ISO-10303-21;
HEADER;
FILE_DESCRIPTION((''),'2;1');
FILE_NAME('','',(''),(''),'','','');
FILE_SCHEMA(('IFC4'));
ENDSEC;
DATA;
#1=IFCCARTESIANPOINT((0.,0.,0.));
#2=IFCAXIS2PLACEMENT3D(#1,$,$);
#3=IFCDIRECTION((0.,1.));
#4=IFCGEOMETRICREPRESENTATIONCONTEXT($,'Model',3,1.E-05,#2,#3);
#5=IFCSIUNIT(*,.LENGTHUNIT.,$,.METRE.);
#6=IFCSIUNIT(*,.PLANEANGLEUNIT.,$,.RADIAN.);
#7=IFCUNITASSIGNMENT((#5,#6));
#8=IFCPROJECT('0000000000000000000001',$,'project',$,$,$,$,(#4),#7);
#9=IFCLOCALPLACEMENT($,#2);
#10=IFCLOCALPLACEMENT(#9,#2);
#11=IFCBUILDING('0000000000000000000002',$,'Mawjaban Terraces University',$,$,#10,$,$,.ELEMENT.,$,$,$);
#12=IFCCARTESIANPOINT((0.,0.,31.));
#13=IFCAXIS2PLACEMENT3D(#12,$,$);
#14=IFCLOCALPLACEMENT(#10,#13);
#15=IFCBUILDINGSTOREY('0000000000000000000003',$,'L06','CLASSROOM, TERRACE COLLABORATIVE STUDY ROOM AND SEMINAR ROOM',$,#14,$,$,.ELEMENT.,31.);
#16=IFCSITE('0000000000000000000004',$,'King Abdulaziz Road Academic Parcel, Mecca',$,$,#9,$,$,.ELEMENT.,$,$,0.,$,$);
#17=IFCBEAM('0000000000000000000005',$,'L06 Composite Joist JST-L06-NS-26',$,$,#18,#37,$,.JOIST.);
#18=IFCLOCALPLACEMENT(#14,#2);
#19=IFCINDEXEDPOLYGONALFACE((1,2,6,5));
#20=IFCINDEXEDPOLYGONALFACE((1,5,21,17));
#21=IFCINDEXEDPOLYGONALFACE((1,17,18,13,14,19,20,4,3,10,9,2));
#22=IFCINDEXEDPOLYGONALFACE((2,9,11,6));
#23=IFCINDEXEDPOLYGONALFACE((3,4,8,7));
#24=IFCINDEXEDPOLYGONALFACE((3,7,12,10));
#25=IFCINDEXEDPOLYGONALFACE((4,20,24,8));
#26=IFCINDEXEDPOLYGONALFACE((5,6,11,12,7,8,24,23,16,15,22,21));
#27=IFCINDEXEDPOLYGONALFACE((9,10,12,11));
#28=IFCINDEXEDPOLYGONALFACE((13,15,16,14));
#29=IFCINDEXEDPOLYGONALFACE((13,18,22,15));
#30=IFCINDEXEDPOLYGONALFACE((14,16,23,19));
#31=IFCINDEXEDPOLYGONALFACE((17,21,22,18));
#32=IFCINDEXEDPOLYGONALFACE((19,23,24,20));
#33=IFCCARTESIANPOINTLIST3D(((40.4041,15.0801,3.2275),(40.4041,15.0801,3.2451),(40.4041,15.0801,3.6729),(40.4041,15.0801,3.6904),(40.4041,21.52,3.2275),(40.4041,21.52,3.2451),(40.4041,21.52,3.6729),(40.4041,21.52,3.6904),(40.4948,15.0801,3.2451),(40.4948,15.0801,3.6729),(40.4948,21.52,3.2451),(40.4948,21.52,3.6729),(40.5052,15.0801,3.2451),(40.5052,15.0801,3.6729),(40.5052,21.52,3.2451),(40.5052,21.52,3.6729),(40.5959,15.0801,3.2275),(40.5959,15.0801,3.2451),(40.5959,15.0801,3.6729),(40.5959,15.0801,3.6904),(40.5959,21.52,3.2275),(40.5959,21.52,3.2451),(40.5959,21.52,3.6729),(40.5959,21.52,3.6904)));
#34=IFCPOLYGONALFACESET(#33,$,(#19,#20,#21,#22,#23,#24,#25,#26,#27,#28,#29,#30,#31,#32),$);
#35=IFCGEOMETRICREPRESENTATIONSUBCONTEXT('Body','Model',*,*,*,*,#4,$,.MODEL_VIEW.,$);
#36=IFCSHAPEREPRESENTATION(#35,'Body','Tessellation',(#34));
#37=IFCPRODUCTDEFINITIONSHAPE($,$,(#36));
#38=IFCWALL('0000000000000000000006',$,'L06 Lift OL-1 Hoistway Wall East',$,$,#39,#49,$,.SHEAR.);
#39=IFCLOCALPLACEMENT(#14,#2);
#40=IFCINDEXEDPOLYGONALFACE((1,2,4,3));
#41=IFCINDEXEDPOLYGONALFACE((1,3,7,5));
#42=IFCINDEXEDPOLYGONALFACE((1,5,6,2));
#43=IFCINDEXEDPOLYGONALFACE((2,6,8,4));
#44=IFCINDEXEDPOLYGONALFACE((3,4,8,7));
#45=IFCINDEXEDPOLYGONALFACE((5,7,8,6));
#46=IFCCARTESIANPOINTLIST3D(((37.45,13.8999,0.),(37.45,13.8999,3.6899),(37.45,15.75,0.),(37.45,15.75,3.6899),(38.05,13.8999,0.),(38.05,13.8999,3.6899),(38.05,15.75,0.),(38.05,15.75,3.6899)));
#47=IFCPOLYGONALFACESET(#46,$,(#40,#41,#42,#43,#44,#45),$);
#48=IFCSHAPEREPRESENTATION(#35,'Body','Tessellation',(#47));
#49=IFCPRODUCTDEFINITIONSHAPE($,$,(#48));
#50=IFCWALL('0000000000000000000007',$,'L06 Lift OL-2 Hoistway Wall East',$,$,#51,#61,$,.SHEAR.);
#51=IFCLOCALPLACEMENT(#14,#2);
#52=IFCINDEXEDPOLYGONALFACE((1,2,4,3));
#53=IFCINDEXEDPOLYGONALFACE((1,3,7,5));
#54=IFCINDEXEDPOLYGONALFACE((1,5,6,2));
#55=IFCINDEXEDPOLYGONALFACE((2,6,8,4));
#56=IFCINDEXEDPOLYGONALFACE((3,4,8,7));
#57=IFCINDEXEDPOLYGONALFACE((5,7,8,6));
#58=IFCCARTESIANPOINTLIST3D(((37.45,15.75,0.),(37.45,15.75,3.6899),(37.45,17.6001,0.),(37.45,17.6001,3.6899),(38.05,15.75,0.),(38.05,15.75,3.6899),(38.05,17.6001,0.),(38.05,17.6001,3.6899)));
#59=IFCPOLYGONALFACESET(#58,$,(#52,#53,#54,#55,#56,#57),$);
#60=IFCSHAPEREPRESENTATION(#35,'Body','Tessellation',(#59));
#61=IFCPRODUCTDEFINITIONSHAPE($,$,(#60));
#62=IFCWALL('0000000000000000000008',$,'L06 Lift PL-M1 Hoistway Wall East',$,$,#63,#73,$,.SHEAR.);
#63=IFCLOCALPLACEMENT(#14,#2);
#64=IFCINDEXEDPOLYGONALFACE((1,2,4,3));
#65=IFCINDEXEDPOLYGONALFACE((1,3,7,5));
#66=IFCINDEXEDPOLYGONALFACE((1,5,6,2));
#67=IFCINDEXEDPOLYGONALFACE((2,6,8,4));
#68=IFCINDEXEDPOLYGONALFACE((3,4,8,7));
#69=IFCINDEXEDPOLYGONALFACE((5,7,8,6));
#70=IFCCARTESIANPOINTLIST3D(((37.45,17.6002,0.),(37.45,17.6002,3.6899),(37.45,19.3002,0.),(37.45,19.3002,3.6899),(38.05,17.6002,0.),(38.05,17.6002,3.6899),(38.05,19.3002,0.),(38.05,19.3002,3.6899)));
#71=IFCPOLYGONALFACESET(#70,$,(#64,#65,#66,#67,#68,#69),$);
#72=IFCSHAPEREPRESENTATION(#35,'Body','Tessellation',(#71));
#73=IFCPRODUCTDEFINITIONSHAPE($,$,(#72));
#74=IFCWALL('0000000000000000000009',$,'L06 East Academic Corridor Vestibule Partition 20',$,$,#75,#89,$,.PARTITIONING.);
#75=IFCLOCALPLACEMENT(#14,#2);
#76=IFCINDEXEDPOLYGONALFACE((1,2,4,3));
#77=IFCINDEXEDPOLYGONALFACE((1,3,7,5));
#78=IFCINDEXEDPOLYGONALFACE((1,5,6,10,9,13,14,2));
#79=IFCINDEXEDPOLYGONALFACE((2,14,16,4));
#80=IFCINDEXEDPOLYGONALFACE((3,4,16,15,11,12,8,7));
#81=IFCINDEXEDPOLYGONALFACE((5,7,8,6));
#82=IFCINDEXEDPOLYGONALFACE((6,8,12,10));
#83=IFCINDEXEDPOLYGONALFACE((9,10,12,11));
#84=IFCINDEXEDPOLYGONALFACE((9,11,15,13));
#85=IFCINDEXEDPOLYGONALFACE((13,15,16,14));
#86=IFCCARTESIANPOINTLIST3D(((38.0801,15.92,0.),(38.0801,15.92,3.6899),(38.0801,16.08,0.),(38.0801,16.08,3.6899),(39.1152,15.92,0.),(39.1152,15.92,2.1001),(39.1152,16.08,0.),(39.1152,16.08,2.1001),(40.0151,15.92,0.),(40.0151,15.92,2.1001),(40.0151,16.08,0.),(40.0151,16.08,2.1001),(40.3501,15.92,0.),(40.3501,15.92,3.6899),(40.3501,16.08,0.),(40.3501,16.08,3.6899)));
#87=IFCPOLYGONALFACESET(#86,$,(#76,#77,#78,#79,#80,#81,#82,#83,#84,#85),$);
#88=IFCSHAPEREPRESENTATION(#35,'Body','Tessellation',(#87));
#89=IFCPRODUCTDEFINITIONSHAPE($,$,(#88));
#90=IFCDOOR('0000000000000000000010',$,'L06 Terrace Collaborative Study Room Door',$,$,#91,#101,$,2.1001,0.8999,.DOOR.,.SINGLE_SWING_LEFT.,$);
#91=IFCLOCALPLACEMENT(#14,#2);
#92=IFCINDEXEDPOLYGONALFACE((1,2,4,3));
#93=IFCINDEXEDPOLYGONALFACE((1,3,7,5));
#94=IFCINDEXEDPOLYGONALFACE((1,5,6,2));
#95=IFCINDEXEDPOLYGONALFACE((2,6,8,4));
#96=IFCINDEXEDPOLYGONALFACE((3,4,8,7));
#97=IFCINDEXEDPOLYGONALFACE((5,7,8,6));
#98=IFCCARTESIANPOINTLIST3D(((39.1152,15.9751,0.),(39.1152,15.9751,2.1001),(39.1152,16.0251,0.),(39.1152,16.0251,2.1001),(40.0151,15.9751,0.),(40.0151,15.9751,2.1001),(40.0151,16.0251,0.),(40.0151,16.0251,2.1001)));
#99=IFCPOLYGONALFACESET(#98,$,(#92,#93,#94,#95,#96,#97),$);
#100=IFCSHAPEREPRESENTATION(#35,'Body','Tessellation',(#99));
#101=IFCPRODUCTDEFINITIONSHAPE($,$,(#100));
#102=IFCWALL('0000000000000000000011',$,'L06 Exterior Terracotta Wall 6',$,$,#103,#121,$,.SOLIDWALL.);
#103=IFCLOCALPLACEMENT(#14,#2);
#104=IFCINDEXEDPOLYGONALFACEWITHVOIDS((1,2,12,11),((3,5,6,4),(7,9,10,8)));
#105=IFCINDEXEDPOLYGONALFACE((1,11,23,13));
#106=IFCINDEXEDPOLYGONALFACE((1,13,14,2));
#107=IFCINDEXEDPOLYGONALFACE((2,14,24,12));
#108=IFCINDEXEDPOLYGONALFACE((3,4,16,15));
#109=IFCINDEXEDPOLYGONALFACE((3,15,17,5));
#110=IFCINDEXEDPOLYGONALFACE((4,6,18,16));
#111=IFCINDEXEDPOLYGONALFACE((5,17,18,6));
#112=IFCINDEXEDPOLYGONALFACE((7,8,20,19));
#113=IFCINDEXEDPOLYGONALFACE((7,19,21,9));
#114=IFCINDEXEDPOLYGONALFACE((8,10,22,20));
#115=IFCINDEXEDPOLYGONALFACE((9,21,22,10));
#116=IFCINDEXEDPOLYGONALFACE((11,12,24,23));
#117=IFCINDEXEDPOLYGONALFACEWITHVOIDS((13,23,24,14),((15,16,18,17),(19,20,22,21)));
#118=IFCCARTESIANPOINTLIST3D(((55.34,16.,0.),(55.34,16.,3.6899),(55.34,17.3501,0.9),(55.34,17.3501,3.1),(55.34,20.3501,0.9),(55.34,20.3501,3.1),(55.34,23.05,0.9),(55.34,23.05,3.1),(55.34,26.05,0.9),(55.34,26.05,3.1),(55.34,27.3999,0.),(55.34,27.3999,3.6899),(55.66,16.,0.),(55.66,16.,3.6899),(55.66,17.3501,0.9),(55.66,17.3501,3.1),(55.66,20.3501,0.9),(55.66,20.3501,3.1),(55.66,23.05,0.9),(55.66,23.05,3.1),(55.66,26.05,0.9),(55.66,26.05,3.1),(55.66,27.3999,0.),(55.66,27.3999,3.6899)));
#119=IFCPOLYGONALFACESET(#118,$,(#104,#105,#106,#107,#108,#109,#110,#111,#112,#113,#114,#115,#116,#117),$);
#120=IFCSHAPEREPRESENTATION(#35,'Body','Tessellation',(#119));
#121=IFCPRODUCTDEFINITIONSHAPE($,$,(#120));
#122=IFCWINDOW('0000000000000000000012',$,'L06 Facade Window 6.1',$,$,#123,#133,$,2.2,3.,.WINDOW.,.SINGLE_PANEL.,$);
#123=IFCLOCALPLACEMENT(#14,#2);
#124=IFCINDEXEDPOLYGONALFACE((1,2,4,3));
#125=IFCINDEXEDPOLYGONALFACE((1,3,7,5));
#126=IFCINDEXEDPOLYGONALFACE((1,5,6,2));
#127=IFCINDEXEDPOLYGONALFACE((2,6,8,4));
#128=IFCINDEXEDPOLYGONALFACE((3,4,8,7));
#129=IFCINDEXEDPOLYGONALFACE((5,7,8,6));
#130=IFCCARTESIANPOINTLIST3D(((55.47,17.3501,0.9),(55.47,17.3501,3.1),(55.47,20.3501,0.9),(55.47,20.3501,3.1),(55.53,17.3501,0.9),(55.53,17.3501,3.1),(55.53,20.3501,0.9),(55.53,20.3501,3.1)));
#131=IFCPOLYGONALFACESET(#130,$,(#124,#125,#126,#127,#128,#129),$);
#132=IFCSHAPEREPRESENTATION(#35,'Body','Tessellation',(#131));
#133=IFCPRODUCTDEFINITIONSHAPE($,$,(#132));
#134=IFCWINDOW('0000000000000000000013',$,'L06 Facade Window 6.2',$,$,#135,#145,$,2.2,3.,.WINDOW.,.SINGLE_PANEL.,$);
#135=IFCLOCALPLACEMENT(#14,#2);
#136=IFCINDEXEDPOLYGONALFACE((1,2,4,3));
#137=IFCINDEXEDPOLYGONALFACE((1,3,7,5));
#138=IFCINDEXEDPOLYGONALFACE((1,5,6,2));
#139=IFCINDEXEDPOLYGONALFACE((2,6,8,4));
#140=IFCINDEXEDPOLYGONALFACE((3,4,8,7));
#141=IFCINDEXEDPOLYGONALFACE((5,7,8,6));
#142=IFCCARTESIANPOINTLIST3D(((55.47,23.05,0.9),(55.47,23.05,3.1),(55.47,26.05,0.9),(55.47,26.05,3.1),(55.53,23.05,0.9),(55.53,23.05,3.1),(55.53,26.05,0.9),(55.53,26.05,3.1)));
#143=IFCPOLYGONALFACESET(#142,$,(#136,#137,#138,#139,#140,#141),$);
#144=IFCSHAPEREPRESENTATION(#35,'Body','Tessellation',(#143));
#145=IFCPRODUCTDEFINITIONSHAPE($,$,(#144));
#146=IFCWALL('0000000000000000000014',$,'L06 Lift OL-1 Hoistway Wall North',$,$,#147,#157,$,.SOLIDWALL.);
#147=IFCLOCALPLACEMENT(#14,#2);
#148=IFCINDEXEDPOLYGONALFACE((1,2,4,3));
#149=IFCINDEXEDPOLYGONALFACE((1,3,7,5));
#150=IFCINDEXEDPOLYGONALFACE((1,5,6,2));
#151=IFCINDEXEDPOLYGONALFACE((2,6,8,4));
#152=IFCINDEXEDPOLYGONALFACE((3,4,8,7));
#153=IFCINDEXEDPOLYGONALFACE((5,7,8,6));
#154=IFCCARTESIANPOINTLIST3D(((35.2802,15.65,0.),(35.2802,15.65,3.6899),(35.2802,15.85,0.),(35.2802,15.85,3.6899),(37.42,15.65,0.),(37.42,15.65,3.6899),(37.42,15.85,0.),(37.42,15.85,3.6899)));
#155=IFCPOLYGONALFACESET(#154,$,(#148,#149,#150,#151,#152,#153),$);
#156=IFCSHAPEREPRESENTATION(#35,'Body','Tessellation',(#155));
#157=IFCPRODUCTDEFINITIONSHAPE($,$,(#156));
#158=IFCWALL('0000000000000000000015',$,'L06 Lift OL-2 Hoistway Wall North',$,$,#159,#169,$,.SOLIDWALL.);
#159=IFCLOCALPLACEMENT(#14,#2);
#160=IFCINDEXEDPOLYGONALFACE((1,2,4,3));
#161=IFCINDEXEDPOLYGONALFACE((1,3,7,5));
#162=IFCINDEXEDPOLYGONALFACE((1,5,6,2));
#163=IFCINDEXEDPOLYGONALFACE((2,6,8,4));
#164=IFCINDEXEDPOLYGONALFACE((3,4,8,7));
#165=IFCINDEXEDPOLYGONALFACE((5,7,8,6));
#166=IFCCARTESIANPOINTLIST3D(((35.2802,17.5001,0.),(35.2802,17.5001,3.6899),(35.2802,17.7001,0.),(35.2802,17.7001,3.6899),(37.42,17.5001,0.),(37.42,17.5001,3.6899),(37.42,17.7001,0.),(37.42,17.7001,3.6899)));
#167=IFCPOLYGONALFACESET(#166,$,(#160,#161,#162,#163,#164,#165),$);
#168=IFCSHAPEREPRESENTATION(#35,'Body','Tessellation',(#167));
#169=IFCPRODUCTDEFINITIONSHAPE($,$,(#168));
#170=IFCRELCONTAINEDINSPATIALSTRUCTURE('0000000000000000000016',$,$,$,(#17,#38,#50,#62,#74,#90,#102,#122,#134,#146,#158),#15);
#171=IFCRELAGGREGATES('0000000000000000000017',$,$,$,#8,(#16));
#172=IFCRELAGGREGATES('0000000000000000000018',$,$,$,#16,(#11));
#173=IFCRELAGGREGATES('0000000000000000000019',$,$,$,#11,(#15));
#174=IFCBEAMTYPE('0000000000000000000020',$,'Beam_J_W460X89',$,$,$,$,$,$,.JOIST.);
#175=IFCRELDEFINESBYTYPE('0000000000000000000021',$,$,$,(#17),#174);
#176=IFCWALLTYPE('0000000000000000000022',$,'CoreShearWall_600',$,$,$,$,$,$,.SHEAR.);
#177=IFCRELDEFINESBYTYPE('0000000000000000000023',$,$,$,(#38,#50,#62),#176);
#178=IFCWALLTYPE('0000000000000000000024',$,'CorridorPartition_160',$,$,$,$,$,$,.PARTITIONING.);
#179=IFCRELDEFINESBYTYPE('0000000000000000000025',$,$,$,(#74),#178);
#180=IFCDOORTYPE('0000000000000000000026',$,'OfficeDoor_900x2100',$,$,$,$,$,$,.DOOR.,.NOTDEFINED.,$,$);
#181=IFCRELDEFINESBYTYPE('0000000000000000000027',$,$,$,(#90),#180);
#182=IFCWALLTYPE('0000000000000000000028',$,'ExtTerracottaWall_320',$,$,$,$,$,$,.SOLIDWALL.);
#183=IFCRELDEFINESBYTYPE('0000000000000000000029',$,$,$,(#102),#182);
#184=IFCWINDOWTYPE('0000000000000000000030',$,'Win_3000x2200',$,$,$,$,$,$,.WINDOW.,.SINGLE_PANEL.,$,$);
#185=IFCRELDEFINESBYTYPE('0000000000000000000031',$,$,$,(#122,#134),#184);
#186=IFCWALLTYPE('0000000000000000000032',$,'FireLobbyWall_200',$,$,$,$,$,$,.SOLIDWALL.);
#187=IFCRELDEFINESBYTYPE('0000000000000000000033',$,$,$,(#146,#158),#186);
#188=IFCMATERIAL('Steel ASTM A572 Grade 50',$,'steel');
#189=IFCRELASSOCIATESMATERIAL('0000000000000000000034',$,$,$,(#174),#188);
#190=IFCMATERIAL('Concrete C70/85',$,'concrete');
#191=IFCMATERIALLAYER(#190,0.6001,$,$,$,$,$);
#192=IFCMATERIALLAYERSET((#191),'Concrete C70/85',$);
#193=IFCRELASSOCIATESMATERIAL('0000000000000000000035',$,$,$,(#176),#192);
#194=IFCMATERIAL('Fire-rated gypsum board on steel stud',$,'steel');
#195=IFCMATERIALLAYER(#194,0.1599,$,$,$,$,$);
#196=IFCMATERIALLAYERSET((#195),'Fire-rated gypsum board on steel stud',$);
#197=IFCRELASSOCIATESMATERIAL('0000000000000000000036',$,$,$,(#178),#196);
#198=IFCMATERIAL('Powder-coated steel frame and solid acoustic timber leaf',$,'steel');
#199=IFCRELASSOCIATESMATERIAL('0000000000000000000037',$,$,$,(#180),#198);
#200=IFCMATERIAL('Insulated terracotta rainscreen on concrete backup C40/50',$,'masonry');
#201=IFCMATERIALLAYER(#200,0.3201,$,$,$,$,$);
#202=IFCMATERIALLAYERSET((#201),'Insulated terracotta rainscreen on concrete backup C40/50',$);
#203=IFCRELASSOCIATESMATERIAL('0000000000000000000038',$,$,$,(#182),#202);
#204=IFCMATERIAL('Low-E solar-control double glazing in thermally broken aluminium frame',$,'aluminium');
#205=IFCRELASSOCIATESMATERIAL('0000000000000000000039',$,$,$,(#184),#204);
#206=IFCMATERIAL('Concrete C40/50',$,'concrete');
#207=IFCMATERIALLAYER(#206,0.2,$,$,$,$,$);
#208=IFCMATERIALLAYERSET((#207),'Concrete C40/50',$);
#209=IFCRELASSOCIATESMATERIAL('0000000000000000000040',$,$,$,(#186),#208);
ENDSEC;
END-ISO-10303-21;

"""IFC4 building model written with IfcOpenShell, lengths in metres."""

from ifc_helpers import new_model, si_unit, direction, frame, frame_2d, origin, origin_2d, place, context, subcontext, project, spatial, rectangle, i_section, extrude, material, layer, layer_set, material_profile, profile_set, type_object, element, fill, save


model = new_model("IFC4")

# Units and contexts
model_context = context("Model", 3, precision=1e-05, world=origin(), true_north=direction((0.0, 1.0)))
body_context = subcontext(model_context, "Body", "Model", "MODEL_VIEW")
ifc_project = project(units=[si_unit("LENGTHUNIT", "METRE"), si_unit("PLANEANGLEUNIT", "RADIAN")], contexts=[model_context])

# Site, building, storey
site_placement = place(None, origin())
site = spatial("IfcSite", under=ifc_project, at=site_placement, Name="King Abdulaziz Road Academic Parcel, Mecca", CompositionType="ELEMENT", RefElevation=0.0)
building_placement = place(site_placement, origin())
building = spatial("IfcBuilding", under=site, at=building_placement, Name="Mawjaban Terraces University", CompositionType="ELEMENT")
storey_placement = place(building_placement, frame((0.0, 0.0, 31.0)))
storey = spatial("IfcBuildingStorey", under=building, at=storey_placement, Name="L06", Description="CLASSROOM, TERRACE COLLABORATIVE STUDY ROOM AND SEMINAR ROOM", CompositionType="ELEMENT", Elevation=31.0)

# Shared definitions
ifc_material_1 = material(Name="Concrete C70/85", Category="concrete")

# Beam
ifc_material_2 = material(Name="Steel ASTM A572 Grade 50", Category="steel")
ifc_material_profile_1 = material_profile(ifc_material_2, i_section(OverallWidth=0.1919, OverallDepth=0.4629, WebThickness=0.0105, FlangeThickness=0.0176, at=origin_2d()), Name="W460X89")
ifc_profile_set_1 = profile_set([ifc_material_profile_1], Name="Steel ASTM A572 Grade 50")
beam_type_1 = type_object("IfcBeamType", Name="Beam_J_W460X89", PredefinedType="JOIST", material=ifc_profile_set_1)
beam_1_placement = place(storey_placement, frame((40.5, 15.0801, 3.459), z_axis=(0.0, 1.0, 0.0), x_axis=(-1.0, 0.0, 0.0)))
element("IfcBeam", 1, at=beam_1_placement, inside=storey, type_object=beam_type_1, Name="L06 Composite Joist JST-L06-NS-26", PredefinedType="JOIST", context=body_context, shape_type="SweptSolid", body=[
    extrude(i_section(OverallWidth=0.1919, OverallDepth=0.4629, WebThickness=0.0105, FlangeThickness=0.0176, at=origin_2d()), origin(), (0.0, 0.0, 1.0), 6.4399),
])

# Walls
ifc_layer_1 = layer(ifc_material_1, 0.6001)
ifc_layer_set_1 = layer_set([ifc_layer_1], Name="Concrete C70/85")
wall_type_1 = type_object("IfcWallType", Name="CoreShearWall_600", PredefinedType="SHEAR", material=ifc_layer_set_1)
for number, where, z_axis, x_axis, name in (
    (2, (37.75, 13.8999, 0.0), (0.0, 0.0, 1.0), (0.0, 1.0, 0.0), "L06 Lift OL-1 Hoistway Wall East"),
    (3, (37.75, 15.75, 0.0), (0.0, 0.0, 1.0), (0.0, 1.0, 0.0), "L06 Lift OL-2 Hoistway Wall East"),
):
    element("IfcWall", number, at=place(storey_placement, frame(where, z_axis=z_axis, x_axis=x_axis)), inside=storey, type_object=wall_type_1, Name=name, PredefinedType="SHEAR", context=body_context, shape_type="SweptSolid", body=[
        extrude(rectangle(XDim=1.8501, YDim=0.6001, at=frame_2d((0.925, 0.0))), origin(), (0.0, 0.0, 1.0), 3.6899),
    ])
wall_1_placement = place(storey_placement, frame((37.75, 17.6001, 0.0), z_axis=(0.0, 0.0, 1.0), x_axis=(0.0, 1.0, 0.0)))
element("IfcWall", 4, at=wall_1_placement, inside=storey, type_object=wall_type_1, Name="L06 Lift PL-M1 Hoistway Wall East", PredefinedType="SHEAR", context=body_context, shape_type="SweptSolid", body=[
    extrude(rectangle(XDim=1.7, YDim=0.6001, at=frame_2d((0.8501, 0.0))), origin(), (0.0, 0.0, 1.0), 3.6899),
])

# Wall, opening, door
ifc_material_3 = material(Name="Fire-rated gypsum board on steel stud", Category="steel")
ifc_layer_2 = layer(ifc_material_3, 0.1599)
ifc_layer_set_2 = layer_set([ifc_layer_2], Name="Fire-rated gypsum board on steel stud")
wall_type_2 = type_object("IfcWallType", Name="CorridorPartition_160", PredefinedType="PARTITIONING", material=ifc_layer_set_2)
wall_2_placement = place(storey_placement, frame((40.3501, 16.0, 0.0), z_axis=(0.0, 0.0, 1.0), x_axis=(-1.0, 0.0, 0.0)))
wall_2 = element("IfcWall", 5, at=wall_2_placement, inside=storey, type_object=wall_type_2, Name="L06 East Academic Corridor Vestibule Partition 20", PredefinedType="PARTITIONING", context=body_context, shape_type="SweptSolid", body=[
    extrude(rectangle(XDim=2.27, YDim=0.1599, at=frame_2d((1.135, 0.0))), origin(), (0.0, 0.0, 1.0), 3.6899),
])
opening_1_placement = place(wall_2_placement, frame((0.335, 0.0, 0.0)))
opening_1 = element("IfcOpeningElement", 6, at=opening_1_placement, cuts=wall_2, PredefinedType="OPENING", context=body_context, shape_type="SweptSolid", body=[
    extrude(rectangle(XDim=0.8999, YDim=2.1001, at=frame_2d((0.45, 1.05))), frame((0.0, 0.0898, 0.0), z_axis=(0.0, -1.0, 0.0), x_axis=(1.0, 0.0, 0.0)), (0.0, 0.0, 1.0), 0.1799),
])
ifc_material_4 = material(Name="Powder-coated steel frame and solid acoustic timber leaf", Category="steel")
door_type = type_object("IfcDoorType", Name="OfficeDoor_900x2100", OperationType="NOTDEFINED", PredefinedType="DOOR", material=ifc_material_4)
door_placement = place(opening_1_placement, origin())
door = element("IfcDoor", 7, at=door_placement, inside=storey, type_object=door_type, Name="L06 Terrace Collaborative Study Room Door", OperationType="SINGLE_SWING_LEFT", OverallHeight=2.1001, OverallWidth=0.8999, PredefinedType="DOOR", context=body_context, shape_type="SweptSolid", body=[
    extrude(rectangle(XDim=0.8999, YDim=2.1001, at=frame_2d((0.45, 1.05))), frame((0.0, 0.0249, 0.0), z_axis=(0.0, -1.0, 0.0), x_axis=(1.0, 0.0, 0.0)), (0.0, 0.0, 1.0), 0.05),
])
fill(opening_1, door)

# Wall, openings, windows
ifc_material_5 = material(Name="Insulated terracotta rainscreen on concrete backup C40/50", Category="masonry")
ifc_layer_3 = layer(ifc_material_5, 0.3201)
ifc_layer_set_3 = layer_set([ifc_layer_3], Name="Insulated terracotta rainscreen on concrete backup C40/50")
wall_type_3 = type_object("IfcWallType", Name="ExtTerracottaWall_320", PredefinedType="SOLIDWALL", material=ifc_layer_set_3)
wall_3_placement = place(storey_placement, frame((55.5, 16.0, 0.0), z_axis=(0.0, 0.0, 1.0), x_axis=(0.0, 1.0, 0.0)))
wall_3 = element("IfcWall", 8, at=wall_3_placement, inside=storey, type_object=wall_type_3, Name="L06 Exterior Terracotta Wall 6", PredefinedType="SOLIDWALL", context=body_context, shape_type="SweptSolid", body=[
    extrude(rectangle(XDim=11.3999, YDim=0.3201, at=frame_2d((5.7, 0.0))), origin(), (0.0, 0.0, 1.0), 3.6899),
])
opening_2_placement = place(wall_3_placement, frame((1.3501, 0.0, 0.8999)))
opening_2 = element("IfcOpeningElement", 9, at=opening_2_placement, cuts=wall_3, PredefinedType="OPENING", context=body_context, shape_type="SweptSolid", body=[
    extrude(rectangle(XDim=3.0, YDim=2.2, at=frame_2d((1.5, 1.1001))), frame((0.0, 0.1699, 0.0), z_axis=(0.0, -1.0, 0.0), x_axis=(1.0, 0.0, 0.0)), (0.0, 0.0, 1.0), 0.3401),
])
opening_3_placement = place(wall_3_placement, frame((7.05, 0.0, 0.8999)))
opening_3 = element("IfcOpeningElement", 10, at=opening_3_placement, cuts=wall_3, PredefinedType="OPENING", context=body_context, shape_type="SweptSolid", body=[
    extrude(rectangle(XDim=3.0, YDim=2.2, at=frame_2d((1.5, 1.1001))), frame((0.0, 0.1699, 0.0), z_axis=(0.0, -1.0, 0.0), x_axis=(1.0, 0.0, 0.0)), (0.0, 0.0, 1.0), 0.3401),
])
ifc_material_6 = material(Name="Low-E solar-control double glazing in thermally broken aluminium frame", Category="aluminium")
window_type = type_object("IfcWindowType", Name="Win_3000x2200", PartitioningType="SINGLE_PANEL", PredefinedType="WINDOW", material=ifc_material_6)
window_1_placement = place(opening_2_placement, origin())
window_1 = element("IfcWindow", 11, at=window_1_placement, inside=storey, type_object=window_type, Name="L06 Facade Window 6.1", OverallHeight=2.2, OverallWidth=3.0, PartitioningType="SINGLE_PANEL", PredefinedType="WINDOW", context=body_context, shape_type="SweptSolid", body=[
    extrude(rectangle(XDim=3.0, YDim=2.2, at=frame_2d((1.5, 1.1001))), frame((0.0, 0.03, 0.0), z_axis=(0.0, -1.0, 0.0), x_axis=(1.0, 0.0, 0.0)), (0.0, 0.0, 1.0), 0.0601),
])
fill(opening_2, window_1)
window_2_placement = place(opening_3_placement, origin())
window_2 = element("IfcWindow", 12, at=window_2_placement, inside=storey, type_object=window_type, Name="L06 Facade Window 6.2", OverallHeight=2.2, OverallWidth=3.0, PartitioningType="SINGLE_PANEL", PredefinedType="WINDOW", context=body_context, shape_type="SweptSolid", body=[
    extrude(rectangle(XDim=3.0, YDim=2.2, at=frame_2d((1.5, 1.1001))), frame((0.0, 0.03, 0.0), z_axis=(0.0, -1.0, 0.0), x_axis=(1.0, 0.0, 0.0)), (0.0, 0.0, 1.0), 0.0601),
])
fill(opening_3, window_2)

# Walls
ifc_material_7 = material(Name="Concrete C40/50", Category="concrete")
ifc_layer_4 = layer(ifc_material_7, 0.2)
ifc_layer_set_4 = layer_set([ifc_layer_4], Name="Concrete C40/50")
wall_type_4 = type_object("IfcWallType", Name="FireLobbyWall_200", PredefinedType="SOLIDWALL", material=ifc_layer_set_4)
for number, where, z_axis, x_axis, name in (
    (13, (37.4199, 15.75, 0.0), (0.0, 0.0, 1.0), (-1.0, 0.0, 0.0), "L06 Lift OL-1 Hoistway Wall North"),
    (14, (37.4199, 17.6001, 0.0), (0.0, 0.0, 1.0), (-1.0, 0.0, 0.0), "L06 Lift OL-2 Hoistway Wall North"),
):
    element("IfcWall", number, at=place(storey_placement, frame(where, z_axis=z_axis, x_axis=x_axis)), inside=storey, type_object=wall_type_4, Name=name, PredefinedType="SOLIDWALL", context=body_context, shape_type="SweptSolid", body=[
        extrude(rectangle(XDim=2.1399, YDim=0.2, at=frame_2d((1.0698, 0.0))), origin(), (0.0, 0.0, 1.0), 3.6899),
    ])

save(model, "model.ifc")
